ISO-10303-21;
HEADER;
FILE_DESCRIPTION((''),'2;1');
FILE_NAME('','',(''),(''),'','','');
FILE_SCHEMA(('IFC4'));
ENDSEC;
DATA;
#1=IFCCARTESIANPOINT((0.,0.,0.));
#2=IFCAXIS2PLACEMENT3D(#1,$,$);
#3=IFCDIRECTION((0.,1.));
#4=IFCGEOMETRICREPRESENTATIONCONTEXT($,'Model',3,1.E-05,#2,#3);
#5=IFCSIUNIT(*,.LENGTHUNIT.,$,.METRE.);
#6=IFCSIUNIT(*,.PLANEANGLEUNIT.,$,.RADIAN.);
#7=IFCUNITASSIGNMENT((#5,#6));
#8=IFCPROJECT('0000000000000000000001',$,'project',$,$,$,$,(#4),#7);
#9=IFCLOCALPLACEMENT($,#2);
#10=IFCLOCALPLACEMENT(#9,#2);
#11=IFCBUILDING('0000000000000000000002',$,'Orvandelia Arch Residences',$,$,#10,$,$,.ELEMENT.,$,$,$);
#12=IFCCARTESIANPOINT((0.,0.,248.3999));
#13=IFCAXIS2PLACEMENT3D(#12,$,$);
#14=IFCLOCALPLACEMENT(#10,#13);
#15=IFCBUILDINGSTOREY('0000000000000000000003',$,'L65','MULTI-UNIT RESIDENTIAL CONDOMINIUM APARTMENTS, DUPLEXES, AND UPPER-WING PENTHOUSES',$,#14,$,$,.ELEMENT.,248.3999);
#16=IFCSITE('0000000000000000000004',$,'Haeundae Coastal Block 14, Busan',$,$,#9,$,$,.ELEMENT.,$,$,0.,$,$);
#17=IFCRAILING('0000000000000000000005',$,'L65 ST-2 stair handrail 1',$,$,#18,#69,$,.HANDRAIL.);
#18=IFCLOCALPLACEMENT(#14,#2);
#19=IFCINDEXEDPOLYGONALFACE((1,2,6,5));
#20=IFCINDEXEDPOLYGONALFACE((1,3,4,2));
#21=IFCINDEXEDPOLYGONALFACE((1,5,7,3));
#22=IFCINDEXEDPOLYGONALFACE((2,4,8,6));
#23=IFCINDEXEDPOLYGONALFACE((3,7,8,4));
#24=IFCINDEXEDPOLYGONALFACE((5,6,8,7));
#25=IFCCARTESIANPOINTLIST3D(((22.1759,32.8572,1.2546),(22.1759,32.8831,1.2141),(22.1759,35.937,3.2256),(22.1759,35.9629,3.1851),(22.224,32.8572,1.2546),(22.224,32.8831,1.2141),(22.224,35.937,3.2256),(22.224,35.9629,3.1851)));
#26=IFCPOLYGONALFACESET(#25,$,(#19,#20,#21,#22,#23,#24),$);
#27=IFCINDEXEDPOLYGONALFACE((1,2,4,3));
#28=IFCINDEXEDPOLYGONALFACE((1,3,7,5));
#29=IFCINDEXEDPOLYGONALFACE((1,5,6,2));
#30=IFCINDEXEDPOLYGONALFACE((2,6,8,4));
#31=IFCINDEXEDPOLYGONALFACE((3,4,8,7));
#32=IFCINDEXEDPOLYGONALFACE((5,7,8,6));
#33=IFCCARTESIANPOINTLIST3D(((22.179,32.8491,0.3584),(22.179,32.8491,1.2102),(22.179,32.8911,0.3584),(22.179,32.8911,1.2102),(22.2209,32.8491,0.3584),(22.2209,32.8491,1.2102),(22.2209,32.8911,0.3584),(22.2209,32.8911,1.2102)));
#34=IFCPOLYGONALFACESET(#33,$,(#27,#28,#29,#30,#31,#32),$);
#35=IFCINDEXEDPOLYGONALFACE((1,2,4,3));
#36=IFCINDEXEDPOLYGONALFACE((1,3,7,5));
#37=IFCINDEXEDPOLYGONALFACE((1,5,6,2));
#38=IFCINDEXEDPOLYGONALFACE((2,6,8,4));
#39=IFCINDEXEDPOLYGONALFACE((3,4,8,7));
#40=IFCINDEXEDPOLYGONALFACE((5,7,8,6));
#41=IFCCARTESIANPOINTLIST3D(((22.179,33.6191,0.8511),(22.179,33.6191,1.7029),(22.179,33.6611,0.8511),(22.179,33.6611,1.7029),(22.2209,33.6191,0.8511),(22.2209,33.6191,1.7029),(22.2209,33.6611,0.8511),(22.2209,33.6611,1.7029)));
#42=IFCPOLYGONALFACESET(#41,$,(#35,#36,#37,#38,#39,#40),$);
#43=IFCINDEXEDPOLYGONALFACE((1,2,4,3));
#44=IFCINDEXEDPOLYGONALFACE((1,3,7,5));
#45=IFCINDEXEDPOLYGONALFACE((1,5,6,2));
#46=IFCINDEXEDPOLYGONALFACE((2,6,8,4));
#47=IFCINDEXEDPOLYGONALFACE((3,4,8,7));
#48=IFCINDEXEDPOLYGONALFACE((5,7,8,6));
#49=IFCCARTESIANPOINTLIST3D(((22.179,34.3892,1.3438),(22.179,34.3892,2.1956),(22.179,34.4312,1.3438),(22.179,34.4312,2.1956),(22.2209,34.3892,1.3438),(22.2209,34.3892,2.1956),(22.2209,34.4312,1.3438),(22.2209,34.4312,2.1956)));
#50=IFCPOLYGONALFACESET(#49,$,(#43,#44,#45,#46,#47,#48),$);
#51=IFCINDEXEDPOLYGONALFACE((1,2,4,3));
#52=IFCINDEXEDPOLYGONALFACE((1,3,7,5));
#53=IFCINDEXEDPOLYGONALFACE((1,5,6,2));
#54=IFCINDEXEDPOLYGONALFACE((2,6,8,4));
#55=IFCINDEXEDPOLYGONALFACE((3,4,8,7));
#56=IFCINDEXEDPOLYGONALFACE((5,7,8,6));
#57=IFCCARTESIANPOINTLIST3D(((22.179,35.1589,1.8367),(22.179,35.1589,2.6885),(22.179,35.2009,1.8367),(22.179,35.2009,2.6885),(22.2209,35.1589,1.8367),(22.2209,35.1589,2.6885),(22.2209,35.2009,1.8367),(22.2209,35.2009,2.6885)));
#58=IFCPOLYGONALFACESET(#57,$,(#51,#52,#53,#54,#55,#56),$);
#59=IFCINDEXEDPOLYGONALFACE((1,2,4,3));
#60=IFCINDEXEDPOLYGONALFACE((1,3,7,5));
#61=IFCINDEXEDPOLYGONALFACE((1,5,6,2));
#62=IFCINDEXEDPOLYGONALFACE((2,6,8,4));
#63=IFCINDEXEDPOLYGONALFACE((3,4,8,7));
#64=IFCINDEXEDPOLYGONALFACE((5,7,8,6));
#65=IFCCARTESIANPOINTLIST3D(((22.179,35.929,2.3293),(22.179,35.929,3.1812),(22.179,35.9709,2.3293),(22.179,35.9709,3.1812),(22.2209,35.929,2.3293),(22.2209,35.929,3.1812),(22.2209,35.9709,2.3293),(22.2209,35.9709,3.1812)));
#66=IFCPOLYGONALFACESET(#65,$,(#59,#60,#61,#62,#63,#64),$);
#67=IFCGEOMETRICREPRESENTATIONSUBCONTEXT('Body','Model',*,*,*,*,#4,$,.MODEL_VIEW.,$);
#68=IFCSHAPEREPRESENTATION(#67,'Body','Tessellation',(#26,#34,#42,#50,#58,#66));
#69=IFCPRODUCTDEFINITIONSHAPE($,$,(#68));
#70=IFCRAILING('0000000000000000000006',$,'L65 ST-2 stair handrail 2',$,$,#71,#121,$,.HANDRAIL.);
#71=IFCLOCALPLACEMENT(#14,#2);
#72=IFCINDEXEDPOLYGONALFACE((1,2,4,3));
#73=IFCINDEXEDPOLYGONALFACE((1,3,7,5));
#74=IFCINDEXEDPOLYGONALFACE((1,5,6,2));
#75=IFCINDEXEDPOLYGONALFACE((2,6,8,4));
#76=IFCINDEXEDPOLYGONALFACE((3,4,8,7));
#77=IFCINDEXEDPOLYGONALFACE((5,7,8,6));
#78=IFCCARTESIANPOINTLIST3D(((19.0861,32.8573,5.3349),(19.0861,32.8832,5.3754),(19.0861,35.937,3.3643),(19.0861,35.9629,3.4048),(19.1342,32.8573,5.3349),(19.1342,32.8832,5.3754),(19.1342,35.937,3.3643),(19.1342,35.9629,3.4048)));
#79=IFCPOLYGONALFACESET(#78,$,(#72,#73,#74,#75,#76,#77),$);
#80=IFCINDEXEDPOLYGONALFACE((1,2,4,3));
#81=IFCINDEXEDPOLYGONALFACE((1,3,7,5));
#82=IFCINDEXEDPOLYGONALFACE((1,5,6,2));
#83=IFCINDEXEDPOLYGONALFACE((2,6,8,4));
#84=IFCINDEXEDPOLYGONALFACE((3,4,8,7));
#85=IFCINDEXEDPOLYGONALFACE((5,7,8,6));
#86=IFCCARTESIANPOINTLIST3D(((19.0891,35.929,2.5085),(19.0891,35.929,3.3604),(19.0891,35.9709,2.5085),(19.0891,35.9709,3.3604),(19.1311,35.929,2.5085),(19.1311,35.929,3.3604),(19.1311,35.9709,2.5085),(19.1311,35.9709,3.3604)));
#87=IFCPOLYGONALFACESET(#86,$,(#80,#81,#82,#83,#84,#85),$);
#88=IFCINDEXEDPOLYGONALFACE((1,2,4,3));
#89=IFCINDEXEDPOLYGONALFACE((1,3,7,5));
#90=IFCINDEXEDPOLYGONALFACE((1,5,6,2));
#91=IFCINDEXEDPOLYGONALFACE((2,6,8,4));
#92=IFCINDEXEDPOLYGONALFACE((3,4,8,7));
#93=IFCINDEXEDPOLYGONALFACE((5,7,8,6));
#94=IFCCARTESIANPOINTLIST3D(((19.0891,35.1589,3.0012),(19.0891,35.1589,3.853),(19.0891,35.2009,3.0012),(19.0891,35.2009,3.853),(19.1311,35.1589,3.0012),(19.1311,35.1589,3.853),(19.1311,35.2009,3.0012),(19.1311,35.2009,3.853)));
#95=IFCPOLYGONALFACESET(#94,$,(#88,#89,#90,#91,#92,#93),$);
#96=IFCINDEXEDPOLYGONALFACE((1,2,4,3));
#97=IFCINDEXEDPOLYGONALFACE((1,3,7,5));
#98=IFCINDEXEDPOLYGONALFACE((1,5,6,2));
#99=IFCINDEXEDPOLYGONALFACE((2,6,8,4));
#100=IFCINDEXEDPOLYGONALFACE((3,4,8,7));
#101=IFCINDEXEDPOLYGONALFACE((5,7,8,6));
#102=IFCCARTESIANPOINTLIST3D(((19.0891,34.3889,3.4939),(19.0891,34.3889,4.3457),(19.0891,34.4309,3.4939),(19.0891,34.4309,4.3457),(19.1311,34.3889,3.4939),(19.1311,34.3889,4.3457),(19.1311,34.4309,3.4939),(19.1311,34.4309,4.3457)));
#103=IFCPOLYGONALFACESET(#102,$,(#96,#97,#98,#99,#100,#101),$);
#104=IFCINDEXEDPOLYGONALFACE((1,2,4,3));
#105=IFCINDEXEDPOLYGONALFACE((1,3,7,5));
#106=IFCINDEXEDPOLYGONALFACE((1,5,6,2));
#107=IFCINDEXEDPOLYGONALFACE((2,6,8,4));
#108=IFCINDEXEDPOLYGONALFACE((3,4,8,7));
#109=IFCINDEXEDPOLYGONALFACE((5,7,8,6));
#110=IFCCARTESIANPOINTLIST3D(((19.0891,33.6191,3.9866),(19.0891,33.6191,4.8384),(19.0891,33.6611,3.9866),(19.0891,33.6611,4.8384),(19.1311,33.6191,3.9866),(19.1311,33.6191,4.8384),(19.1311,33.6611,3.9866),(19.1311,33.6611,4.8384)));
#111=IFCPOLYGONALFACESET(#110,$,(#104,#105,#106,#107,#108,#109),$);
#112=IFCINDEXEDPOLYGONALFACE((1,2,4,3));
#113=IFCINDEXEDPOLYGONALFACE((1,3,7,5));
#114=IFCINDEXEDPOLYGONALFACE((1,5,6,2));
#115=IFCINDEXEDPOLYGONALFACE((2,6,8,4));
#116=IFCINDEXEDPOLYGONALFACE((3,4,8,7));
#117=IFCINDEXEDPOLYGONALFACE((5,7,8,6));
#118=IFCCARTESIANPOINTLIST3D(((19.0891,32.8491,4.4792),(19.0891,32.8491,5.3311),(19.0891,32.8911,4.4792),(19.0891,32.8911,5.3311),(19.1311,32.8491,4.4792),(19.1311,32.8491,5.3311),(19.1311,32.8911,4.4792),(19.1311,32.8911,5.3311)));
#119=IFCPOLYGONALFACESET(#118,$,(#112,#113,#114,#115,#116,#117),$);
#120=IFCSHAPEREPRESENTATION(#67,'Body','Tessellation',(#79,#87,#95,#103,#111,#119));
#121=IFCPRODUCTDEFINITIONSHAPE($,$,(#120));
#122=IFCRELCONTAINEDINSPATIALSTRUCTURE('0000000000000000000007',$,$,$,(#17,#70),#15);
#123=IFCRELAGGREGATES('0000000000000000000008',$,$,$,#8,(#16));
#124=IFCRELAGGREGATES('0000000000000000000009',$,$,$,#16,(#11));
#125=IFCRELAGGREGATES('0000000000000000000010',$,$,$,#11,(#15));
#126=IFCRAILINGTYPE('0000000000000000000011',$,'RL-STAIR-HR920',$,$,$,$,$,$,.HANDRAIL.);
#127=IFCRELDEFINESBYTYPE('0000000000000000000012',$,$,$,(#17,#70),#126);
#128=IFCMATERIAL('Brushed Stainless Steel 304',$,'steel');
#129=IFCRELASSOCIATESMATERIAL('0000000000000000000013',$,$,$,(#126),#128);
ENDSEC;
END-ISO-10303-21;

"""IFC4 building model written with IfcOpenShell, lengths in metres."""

from ifc_helpers import new_model, si_unit, direction, frame, origin, origin_2d, place, context, subcontext, project, spatial, rectangle, extrude, material, type_object, element, save


model = new_model("IFC4")

# Units and contexts
model_context = context("Model", 3, precision=1e-05, world=origin(), true_north=direction((0.0, 1.0)))
body_context = subcontext(model_context, "Body", "Model", "MODEL_VIEW")
ifc_project = project(units=[si_unit("LENGTHUNIT", "METRE"), si_unit("PLANEANGLEUNIT", "RADIAN")], contexts=[model_context])

# Site, building, storey
site_placement = place(None, origin())
site = spatial("IfcSite", under=ifc_project, at=site_placement, Name="Haeundae Coastal Block 14, Busan", CompositionType="ELEMENT", RefElevation=0.0)
building_placement = place(site_placement, origin())
building = spatial("IfcBuilding", under=site, at=building_placement, Name="Orvandelia Arch Residences", CompositionType="ELEMENT")
storey_placement = place(building_placement, frame((0.0, 0.0, 248.3999)))
storey = spatial("IfcBuildingStorey", under=building, at=storey_placement, Name="L65", Description="MULTI-UNIT RESIDENTIAL CONDOMINIUM APARTMENTS, DUPLEXES, AND UPPER-WING PENTHOUSES", CompositionType="ELEMENT", Elevation=248.3999)

# Railings
ifc_material_1 = material(Name="Brushed Stainless Steel 304", Category="steel")
railing_type_1 = type_object("IfcRailingType", Name="RL-STAIR-HR920", PredefinedType="HANDRAIL", material=ifc_material_1)
railing_1_placement = place(storey_placement, frame((22.2, 32.8701, 0.3584)))
element("IfcRailing", 1, at=railing_1_placement, inside=storey, type_object=railing_type_1, Name="L65 ST-2 stair handrail 1", PredefinedType="HANDRAIL", context=body_context, shape_type="SweptSolid", body=[
    extrude(rectangle(XDim=0.0481, YDim=0.0481, at=origin_2d()), frame((0.0, 0.0, 0.876), z_axis=(0.0, 0.84229, 0.539025), x_axis=(-1.0, 0.0, 0.0)), (0.0, 0.0, 1.0), 3.6565),
    extrude(rectangle(XDim=0.042, YDim=0.042, at=origin_2d()), origin(), (0.0, 0.0, 1.0), 0.8518),
    extrude(rectangle(XDim=0.042, YDim=0.042, at=origin_2d()), frame((0.0, 0.77, 0.4927)), (0.0, 0.0, 1.0), 0.8518),
    extrude(rectangle(XDim=0.042, YDim=0.042, at=origin_2d()), frame((0.0, 1.54, 0.9854)), (0.0, 0.0, 1.0), 0.8518),
    extrude(rectangle(XDim=0.042, YDim=0.042, at=origin_2d()), frame((0.0, 2.3098, 1.4783)), (0.0, 0.0, 1.0), 0.8518),
    extrude(rectangle(XDim=0.042, YDim=0.042, at=origin_2d()), frame((0.0, 3.0798, 1.9709)), (0.0, 0.0, 1.0), 0.8518),
])
railing_2_placement = place(storey_placement, frame((19.1101, 35.95, 2.5085)))
element("IfcRailing", 2, at=railing_2_placement, inside=storey, type_object=railing_type_1, Name="L65 ST-2 stair handrail 2", PredefinedType="HANDRAIL", context=body_context, shape_type="SweptSolid", body=[
    extrude(rectangle(XDim=0.0481, YDim=0.0481, at=origin_2d()), frame((0.0, 0.0, 0.876), z_axis=(0.0, -0.84232, 0.538978), x_axis=(1.0, 0.0, 0.0)), (0.0, 0.0, 1.0), 3.6562),
    extrude(rectangle(XDim=0.042, YDim=0.042, at=origin_2d()), origin(), (0.0, 0.0, 1.0), 0.8518),
    extrude(rectangle(XDim=0.042, YDim=0.042, at=origin_2d()), frame((0.0, -0.77, 0.4927)), (0.0, 0.0, 1.0), 0.8518),
    extrude(rectangle(XDim=0.042, YDim=0.042, at=origin_2d()), frame((0.0, -1.54, 0.9854)), (0.0, 0.0, 1.0), 0.8518),
    extrude(rectangle(XDim=0.042, YDim=0.042, at=origin_2d()), frame((0.0, -2.3098, 1.478)), (0.0, 0.0, 1.0), 0.8518),
    extrude(rectangle(XDim=0.042, YDim=0.042, at=origin_2d()), frame((0.0, -3.0798, 1.9707)), (0.0, 0.0, 1.0), 0.8518),
])

save(model, "model.ifc")
